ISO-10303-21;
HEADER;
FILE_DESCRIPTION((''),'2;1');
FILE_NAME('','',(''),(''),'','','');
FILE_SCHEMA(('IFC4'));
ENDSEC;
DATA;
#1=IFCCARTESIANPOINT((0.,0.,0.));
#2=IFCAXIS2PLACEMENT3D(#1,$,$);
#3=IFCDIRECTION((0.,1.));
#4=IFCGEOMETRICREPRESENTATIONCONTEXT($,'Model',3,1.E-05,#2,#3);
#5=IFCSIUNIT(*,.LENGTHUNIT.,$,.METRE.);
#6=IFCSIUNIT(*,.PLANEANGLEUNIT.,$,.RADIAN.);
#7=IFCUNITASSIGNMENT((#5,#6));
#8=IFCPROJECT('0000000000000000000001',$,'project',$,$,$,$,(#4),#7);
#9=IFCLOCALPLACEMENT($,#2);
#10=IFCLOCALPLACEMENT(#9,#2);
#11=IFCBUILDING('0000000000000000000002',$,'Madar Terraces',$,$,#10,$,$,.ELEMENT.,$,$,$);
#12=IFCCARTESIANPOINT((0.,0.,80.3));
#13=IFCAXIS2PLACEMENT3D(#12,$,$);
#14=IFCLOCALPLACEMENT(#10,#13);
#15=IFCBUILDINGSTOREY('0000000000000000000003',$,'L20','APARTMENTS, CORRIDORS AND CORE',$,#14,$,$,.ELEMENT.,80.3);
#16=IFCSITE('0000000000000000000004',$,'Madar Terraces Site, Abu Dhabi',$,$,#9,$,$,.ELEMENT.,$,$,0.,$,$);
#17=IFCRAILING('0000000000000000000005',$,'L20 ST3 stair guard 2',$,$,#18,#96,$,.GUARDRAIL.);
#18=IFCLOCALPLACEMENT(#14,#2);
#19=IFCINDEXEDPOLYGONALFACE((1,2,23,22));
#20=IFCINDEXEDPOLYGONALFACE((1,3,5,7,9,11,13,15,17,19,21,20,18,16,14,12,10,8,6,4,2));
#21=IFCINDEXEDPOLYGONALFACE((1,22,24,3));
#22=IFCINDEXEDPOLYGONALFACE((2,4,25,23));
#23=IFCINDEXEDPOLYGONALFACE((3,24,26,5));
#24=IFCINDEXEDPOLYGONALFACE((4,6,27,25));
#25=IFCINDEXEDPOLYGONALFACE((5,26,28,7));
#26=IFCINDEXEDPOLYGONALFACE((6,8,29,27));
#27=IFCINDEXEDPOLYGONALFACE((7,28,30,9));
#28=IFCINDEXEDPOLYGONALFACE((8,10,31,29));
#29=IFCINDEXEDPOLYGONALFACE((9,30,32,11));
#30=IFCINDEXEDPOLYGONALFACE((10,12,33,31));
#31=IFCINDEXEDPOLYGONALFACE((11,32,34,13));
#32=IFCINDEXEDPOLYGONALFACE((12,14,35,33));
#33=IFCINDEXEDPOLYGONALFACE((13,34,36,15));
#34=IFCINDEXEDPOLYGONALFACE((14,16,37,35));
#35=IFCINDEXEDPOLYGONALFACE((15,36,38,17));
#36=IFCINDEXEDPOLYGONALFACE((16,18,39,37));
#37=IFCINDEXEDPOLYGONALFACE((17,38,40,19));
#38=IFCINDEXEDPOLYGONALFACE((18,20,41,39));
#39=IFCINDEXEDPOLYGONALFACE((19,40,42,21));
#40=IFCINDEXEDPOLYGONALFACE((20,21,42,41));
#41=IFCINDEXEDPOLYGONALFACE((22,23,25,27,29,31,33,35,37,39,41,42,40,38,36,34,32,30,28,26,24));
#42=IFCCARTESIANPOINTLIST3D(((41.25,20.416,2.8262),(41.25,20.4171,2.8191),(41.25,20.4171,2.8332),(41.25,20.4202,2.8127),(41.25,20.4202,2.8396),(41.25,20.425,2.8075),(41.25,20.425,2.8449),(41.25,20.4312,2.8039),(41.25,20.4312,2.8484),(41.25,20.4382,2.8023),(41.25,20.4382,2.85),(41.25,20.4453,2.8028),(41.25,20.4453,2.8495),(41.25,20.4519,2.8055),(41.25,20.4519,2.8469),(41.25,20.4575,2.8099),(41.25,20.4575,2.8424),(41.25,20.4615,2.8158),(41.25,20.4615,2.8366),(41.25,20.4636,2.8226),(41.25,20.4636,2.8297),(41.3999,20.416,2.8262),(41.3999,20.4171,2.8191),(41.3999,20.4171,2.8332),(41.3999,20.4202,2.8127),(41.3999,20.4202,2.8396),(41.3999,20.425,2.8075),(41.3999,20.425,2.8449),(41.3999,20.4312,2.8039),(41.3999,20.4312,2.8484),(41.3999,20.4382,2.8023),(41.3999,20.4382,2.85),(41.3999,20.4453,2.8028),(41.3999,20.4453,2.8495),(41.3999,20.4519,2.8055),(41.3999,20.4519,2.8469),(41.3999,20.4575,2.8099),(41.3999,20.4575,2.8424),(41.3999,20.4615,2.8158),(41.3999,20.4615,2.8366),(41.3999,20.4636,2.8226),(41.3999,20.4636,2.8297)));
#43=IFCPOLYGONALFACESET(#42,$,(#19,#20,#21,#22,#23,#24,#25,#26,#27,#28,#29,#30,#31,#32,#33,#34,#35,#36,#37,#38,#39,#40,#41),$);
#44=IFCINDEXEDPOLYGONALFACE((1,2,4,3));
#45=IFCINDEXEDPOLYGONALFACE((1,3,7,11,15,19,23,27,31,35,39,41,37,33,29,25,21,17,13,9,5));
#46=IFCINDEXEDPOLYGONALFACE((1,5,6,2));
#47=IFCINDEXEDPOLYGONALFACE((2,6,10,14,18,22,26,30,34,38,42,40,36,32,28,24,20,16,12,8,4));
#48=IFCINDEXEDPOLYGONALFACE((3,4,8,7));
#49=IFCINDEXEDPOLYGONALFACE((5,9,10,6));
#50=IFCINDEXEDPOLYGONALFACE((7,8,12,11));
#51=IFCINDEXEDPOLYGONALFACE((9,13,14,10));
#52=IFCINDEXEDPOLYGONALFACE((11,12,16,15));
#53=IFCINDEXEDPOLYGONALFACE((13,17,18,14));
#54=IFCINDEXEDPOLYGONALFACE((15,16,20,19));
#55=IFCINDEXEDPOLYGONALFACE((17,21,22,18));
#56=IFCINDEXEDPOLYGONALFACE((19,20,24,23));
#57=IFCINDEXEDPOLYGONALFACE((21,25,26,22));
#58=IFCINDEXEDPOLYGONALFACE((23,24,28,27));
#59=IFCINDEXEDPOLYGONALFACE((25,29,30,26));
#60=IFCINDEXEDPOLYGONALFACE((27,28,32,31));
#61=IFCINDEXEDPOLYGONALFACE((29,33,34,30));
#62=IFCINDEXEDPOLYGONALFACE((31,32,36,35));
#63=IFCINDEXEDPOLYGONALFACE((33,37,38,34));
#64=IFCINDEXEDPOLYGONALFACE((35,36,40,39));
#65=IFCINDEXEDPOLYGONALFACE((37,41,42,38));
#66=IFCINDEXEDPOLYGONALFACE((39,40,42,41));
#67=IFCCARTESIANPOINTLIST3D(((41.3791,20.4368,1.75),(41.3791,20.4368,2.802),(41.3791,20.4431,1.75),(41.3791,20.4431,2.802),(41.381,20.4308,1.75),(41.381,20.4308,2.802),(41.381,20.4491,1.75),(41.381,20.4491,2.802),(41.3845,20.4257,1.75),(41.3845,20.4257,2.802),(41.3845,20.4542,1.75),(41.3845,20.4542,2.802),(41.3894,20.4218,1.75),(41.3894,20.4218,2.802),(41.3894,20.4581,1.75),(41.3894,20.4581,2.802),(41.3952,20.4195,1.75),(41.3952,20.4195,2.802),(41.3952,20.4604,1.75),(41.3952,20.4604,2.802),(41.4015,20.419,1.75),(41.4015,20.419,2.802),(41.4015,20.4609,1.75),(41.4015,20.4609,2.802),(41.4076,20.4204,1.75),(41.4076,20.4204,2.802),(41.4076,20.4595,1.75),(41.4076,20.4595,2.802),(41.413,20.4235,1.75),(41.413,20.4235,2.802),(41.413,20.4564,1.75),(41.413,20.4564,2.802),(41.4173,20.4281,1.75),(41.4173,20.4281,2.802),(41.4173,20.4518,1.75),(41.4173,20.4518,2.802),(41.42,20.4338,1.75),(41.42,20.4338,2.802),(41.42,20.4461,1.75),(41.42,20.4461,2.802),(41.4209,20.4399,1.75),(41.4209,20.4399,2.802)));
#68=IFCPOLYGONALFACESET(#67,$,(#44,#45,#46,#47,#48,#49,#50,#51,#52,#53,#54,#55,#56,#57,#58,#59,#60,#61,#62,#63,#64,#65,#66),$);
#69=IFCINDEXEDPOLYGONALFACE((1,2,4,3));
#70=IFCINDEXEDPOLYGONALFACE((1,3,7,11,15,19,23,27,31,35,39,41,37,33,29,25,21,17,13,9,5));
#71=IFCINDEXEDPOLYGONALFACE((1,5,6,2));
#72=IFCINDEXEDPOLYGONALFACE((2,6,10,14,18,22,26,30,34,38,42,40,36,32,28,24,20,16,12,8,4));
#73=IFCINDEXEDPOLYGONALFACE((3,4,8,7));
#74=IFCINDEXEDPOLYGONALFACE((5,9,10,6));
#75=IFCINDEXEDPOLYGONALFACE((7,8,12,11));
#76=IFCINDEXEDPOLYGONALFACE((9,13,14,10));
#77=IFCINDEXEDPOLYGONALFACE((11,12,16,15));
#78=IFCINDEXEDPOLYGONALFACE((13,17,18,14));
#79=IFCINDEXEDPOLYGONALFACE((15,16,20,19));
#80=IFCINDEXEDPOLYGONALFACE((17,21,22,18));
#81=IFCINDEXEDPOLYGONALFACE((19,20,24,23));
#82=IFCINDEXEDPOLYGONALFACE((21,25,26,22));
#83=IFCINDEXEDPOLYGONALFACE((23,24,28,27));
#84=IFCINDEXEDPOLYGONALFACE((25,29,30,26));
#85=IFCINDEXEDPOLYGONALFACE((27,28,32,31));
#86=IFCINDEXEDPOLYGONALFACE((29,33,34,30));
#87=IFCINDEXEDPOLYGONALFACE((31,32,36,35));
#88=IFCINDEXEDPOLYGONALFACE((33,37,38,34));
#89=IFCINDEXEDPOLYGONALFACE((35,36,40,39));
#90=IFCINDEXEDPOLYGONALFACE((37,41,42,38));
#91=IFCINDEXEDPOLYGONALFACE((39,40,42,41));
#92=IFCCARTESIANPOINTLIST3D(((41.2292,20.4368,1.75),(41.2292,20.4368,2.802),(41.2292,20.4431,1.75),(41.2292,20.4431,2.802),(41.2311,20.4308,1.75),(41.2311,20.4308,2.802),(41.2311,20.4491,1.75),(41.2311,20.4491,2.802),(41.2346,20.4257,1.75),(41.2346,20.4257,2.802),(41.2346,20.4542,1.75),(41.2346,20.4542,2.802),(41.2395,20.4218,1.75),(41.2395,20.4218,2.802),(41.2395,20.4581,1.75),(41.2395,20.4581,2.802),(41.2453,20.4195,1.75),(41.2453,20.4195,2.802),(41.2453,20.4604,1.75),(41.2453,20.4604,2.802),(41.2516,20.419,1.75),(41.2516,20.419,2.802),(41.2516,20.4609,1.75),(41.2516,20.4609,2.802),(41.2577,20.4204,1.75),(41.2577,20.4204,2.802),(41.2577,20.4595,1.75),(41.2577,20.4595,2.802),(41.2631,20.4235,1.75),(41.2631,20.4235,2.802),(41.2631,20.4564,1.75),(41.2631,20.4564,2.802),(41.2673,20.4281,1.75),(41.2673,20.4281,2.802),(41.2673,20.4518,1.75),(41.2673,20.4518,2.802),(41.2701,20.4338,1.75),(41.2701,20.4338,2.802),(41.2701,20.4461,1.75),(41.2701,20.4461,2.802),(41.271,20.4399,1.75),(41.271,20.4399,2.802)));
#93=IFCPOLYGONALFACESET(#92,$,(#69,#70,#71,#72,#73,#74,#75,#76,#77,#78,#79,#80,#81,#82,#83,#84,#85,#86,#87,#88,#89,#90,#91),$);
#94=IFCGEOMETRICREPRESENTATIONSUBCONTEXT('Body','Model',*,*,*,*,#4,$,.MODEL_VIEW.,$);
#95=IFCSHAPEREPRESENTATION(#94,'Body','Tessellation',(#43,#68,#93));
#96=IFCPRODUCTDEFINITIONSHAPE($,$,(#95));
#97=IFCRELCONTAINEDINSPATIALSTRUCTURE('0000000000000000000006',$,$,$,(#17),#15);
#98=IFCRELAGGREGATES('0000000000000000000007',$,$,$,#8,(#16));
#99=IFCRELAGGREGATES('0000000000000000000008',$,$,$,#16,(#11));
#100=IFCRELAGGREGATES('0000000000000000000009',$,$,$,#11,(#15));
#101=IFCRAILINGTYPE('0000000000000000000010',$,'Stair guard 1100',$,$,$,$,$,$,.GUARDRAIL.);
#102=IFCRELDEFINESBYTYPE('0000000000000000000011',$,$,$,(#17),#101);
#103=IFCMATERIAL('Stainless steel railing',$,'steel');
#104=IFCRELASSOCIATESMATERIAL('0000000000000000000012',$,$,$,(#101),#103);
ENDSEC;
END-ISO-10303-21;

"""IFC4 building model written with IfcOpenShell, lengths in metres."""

from ifc_helpers import new_model, si_unit, direction, frame, origin, origin_2d, place, context, subcontext, project, spatial, circle, extrude, material, type_object, element, save


model = new_model("IFC4")

# Units and contexts
model_context = context("Model", 3, precision=1e-05, world=origin(), true_north=direction((0.0, 1.0)))
body_context = subcontext(model_context, "Body", "Model", "MODEL_VIEW")
ifc_project = project(units=[si_unit("LENGTHUNIT", "METRE"), si_unit("PLANEANGLEUNIT", "RADIAN")], contexts=[model_context])

# Site, building, storey
site_placement = place(None, origin())
site = spatial("IfcSite", under=ifc_project, at=site_placement, Name="Madar Terraces Site, Abu Dhabi", CompositionType="ELEMENT", RefElevation=0.0)
building_placement = place(site_placement, origin())
building = spatial("IfcBuilding", under=site, at=building_placement, Name="Madar Terraces", CompositionType="ELEMENT")
storey_placement = place(building_placement, frame((0.0, 0.0, 80.3)))
storey = spatial("IfcBuildingStorey", under=building, at=storey_placement, Name="L20", Description="APARTMENTS, CORRIDORS AND CORE", CompositionType="ELEMENT", Elevation=80.3)

# Railing
ifc_material_1 = material(Name="Stainless steel railing", Category="steel")
railing_type_1 = type_object("IfcRailingType", Name="Stair guard 1100", PredefinedType="GUARDRAIL", material=ifc_material_1)
railing_1_placement = place(storey_placement, frame((41.3999, 20.4399, 1.75)))
element("IfcRailing", 1, at=railing_1_placement, inside=storey, type_object=railing_type_1, Name="L20 ST3 stair guard 2", PredefinedType="GUARDRAIL", context=body_context, shape_type="SweptSolid", body=[
    extrude(circle(Radius=0.0239, at=origin_2d()), frame((0.0, 0.0, 1.0762), z_axis=(-1.0, 0.0, 0.0), x_axis=(0.0, -1.0, 0.0)), (0.0, 0.0, 1.0), 0.1499),
    extrude(circle(Radius=0.021, at=origin_2d()), origin(), (0.0, 0.0, 1.0), 1.052),
    extrude(circle(Radius=0.021, at=origin_2d()), frame((-0.1499, 0.0, 0.0)), (0.0, 0.0, 1.0), 1.052),
])

save(model, "model.ifc")
